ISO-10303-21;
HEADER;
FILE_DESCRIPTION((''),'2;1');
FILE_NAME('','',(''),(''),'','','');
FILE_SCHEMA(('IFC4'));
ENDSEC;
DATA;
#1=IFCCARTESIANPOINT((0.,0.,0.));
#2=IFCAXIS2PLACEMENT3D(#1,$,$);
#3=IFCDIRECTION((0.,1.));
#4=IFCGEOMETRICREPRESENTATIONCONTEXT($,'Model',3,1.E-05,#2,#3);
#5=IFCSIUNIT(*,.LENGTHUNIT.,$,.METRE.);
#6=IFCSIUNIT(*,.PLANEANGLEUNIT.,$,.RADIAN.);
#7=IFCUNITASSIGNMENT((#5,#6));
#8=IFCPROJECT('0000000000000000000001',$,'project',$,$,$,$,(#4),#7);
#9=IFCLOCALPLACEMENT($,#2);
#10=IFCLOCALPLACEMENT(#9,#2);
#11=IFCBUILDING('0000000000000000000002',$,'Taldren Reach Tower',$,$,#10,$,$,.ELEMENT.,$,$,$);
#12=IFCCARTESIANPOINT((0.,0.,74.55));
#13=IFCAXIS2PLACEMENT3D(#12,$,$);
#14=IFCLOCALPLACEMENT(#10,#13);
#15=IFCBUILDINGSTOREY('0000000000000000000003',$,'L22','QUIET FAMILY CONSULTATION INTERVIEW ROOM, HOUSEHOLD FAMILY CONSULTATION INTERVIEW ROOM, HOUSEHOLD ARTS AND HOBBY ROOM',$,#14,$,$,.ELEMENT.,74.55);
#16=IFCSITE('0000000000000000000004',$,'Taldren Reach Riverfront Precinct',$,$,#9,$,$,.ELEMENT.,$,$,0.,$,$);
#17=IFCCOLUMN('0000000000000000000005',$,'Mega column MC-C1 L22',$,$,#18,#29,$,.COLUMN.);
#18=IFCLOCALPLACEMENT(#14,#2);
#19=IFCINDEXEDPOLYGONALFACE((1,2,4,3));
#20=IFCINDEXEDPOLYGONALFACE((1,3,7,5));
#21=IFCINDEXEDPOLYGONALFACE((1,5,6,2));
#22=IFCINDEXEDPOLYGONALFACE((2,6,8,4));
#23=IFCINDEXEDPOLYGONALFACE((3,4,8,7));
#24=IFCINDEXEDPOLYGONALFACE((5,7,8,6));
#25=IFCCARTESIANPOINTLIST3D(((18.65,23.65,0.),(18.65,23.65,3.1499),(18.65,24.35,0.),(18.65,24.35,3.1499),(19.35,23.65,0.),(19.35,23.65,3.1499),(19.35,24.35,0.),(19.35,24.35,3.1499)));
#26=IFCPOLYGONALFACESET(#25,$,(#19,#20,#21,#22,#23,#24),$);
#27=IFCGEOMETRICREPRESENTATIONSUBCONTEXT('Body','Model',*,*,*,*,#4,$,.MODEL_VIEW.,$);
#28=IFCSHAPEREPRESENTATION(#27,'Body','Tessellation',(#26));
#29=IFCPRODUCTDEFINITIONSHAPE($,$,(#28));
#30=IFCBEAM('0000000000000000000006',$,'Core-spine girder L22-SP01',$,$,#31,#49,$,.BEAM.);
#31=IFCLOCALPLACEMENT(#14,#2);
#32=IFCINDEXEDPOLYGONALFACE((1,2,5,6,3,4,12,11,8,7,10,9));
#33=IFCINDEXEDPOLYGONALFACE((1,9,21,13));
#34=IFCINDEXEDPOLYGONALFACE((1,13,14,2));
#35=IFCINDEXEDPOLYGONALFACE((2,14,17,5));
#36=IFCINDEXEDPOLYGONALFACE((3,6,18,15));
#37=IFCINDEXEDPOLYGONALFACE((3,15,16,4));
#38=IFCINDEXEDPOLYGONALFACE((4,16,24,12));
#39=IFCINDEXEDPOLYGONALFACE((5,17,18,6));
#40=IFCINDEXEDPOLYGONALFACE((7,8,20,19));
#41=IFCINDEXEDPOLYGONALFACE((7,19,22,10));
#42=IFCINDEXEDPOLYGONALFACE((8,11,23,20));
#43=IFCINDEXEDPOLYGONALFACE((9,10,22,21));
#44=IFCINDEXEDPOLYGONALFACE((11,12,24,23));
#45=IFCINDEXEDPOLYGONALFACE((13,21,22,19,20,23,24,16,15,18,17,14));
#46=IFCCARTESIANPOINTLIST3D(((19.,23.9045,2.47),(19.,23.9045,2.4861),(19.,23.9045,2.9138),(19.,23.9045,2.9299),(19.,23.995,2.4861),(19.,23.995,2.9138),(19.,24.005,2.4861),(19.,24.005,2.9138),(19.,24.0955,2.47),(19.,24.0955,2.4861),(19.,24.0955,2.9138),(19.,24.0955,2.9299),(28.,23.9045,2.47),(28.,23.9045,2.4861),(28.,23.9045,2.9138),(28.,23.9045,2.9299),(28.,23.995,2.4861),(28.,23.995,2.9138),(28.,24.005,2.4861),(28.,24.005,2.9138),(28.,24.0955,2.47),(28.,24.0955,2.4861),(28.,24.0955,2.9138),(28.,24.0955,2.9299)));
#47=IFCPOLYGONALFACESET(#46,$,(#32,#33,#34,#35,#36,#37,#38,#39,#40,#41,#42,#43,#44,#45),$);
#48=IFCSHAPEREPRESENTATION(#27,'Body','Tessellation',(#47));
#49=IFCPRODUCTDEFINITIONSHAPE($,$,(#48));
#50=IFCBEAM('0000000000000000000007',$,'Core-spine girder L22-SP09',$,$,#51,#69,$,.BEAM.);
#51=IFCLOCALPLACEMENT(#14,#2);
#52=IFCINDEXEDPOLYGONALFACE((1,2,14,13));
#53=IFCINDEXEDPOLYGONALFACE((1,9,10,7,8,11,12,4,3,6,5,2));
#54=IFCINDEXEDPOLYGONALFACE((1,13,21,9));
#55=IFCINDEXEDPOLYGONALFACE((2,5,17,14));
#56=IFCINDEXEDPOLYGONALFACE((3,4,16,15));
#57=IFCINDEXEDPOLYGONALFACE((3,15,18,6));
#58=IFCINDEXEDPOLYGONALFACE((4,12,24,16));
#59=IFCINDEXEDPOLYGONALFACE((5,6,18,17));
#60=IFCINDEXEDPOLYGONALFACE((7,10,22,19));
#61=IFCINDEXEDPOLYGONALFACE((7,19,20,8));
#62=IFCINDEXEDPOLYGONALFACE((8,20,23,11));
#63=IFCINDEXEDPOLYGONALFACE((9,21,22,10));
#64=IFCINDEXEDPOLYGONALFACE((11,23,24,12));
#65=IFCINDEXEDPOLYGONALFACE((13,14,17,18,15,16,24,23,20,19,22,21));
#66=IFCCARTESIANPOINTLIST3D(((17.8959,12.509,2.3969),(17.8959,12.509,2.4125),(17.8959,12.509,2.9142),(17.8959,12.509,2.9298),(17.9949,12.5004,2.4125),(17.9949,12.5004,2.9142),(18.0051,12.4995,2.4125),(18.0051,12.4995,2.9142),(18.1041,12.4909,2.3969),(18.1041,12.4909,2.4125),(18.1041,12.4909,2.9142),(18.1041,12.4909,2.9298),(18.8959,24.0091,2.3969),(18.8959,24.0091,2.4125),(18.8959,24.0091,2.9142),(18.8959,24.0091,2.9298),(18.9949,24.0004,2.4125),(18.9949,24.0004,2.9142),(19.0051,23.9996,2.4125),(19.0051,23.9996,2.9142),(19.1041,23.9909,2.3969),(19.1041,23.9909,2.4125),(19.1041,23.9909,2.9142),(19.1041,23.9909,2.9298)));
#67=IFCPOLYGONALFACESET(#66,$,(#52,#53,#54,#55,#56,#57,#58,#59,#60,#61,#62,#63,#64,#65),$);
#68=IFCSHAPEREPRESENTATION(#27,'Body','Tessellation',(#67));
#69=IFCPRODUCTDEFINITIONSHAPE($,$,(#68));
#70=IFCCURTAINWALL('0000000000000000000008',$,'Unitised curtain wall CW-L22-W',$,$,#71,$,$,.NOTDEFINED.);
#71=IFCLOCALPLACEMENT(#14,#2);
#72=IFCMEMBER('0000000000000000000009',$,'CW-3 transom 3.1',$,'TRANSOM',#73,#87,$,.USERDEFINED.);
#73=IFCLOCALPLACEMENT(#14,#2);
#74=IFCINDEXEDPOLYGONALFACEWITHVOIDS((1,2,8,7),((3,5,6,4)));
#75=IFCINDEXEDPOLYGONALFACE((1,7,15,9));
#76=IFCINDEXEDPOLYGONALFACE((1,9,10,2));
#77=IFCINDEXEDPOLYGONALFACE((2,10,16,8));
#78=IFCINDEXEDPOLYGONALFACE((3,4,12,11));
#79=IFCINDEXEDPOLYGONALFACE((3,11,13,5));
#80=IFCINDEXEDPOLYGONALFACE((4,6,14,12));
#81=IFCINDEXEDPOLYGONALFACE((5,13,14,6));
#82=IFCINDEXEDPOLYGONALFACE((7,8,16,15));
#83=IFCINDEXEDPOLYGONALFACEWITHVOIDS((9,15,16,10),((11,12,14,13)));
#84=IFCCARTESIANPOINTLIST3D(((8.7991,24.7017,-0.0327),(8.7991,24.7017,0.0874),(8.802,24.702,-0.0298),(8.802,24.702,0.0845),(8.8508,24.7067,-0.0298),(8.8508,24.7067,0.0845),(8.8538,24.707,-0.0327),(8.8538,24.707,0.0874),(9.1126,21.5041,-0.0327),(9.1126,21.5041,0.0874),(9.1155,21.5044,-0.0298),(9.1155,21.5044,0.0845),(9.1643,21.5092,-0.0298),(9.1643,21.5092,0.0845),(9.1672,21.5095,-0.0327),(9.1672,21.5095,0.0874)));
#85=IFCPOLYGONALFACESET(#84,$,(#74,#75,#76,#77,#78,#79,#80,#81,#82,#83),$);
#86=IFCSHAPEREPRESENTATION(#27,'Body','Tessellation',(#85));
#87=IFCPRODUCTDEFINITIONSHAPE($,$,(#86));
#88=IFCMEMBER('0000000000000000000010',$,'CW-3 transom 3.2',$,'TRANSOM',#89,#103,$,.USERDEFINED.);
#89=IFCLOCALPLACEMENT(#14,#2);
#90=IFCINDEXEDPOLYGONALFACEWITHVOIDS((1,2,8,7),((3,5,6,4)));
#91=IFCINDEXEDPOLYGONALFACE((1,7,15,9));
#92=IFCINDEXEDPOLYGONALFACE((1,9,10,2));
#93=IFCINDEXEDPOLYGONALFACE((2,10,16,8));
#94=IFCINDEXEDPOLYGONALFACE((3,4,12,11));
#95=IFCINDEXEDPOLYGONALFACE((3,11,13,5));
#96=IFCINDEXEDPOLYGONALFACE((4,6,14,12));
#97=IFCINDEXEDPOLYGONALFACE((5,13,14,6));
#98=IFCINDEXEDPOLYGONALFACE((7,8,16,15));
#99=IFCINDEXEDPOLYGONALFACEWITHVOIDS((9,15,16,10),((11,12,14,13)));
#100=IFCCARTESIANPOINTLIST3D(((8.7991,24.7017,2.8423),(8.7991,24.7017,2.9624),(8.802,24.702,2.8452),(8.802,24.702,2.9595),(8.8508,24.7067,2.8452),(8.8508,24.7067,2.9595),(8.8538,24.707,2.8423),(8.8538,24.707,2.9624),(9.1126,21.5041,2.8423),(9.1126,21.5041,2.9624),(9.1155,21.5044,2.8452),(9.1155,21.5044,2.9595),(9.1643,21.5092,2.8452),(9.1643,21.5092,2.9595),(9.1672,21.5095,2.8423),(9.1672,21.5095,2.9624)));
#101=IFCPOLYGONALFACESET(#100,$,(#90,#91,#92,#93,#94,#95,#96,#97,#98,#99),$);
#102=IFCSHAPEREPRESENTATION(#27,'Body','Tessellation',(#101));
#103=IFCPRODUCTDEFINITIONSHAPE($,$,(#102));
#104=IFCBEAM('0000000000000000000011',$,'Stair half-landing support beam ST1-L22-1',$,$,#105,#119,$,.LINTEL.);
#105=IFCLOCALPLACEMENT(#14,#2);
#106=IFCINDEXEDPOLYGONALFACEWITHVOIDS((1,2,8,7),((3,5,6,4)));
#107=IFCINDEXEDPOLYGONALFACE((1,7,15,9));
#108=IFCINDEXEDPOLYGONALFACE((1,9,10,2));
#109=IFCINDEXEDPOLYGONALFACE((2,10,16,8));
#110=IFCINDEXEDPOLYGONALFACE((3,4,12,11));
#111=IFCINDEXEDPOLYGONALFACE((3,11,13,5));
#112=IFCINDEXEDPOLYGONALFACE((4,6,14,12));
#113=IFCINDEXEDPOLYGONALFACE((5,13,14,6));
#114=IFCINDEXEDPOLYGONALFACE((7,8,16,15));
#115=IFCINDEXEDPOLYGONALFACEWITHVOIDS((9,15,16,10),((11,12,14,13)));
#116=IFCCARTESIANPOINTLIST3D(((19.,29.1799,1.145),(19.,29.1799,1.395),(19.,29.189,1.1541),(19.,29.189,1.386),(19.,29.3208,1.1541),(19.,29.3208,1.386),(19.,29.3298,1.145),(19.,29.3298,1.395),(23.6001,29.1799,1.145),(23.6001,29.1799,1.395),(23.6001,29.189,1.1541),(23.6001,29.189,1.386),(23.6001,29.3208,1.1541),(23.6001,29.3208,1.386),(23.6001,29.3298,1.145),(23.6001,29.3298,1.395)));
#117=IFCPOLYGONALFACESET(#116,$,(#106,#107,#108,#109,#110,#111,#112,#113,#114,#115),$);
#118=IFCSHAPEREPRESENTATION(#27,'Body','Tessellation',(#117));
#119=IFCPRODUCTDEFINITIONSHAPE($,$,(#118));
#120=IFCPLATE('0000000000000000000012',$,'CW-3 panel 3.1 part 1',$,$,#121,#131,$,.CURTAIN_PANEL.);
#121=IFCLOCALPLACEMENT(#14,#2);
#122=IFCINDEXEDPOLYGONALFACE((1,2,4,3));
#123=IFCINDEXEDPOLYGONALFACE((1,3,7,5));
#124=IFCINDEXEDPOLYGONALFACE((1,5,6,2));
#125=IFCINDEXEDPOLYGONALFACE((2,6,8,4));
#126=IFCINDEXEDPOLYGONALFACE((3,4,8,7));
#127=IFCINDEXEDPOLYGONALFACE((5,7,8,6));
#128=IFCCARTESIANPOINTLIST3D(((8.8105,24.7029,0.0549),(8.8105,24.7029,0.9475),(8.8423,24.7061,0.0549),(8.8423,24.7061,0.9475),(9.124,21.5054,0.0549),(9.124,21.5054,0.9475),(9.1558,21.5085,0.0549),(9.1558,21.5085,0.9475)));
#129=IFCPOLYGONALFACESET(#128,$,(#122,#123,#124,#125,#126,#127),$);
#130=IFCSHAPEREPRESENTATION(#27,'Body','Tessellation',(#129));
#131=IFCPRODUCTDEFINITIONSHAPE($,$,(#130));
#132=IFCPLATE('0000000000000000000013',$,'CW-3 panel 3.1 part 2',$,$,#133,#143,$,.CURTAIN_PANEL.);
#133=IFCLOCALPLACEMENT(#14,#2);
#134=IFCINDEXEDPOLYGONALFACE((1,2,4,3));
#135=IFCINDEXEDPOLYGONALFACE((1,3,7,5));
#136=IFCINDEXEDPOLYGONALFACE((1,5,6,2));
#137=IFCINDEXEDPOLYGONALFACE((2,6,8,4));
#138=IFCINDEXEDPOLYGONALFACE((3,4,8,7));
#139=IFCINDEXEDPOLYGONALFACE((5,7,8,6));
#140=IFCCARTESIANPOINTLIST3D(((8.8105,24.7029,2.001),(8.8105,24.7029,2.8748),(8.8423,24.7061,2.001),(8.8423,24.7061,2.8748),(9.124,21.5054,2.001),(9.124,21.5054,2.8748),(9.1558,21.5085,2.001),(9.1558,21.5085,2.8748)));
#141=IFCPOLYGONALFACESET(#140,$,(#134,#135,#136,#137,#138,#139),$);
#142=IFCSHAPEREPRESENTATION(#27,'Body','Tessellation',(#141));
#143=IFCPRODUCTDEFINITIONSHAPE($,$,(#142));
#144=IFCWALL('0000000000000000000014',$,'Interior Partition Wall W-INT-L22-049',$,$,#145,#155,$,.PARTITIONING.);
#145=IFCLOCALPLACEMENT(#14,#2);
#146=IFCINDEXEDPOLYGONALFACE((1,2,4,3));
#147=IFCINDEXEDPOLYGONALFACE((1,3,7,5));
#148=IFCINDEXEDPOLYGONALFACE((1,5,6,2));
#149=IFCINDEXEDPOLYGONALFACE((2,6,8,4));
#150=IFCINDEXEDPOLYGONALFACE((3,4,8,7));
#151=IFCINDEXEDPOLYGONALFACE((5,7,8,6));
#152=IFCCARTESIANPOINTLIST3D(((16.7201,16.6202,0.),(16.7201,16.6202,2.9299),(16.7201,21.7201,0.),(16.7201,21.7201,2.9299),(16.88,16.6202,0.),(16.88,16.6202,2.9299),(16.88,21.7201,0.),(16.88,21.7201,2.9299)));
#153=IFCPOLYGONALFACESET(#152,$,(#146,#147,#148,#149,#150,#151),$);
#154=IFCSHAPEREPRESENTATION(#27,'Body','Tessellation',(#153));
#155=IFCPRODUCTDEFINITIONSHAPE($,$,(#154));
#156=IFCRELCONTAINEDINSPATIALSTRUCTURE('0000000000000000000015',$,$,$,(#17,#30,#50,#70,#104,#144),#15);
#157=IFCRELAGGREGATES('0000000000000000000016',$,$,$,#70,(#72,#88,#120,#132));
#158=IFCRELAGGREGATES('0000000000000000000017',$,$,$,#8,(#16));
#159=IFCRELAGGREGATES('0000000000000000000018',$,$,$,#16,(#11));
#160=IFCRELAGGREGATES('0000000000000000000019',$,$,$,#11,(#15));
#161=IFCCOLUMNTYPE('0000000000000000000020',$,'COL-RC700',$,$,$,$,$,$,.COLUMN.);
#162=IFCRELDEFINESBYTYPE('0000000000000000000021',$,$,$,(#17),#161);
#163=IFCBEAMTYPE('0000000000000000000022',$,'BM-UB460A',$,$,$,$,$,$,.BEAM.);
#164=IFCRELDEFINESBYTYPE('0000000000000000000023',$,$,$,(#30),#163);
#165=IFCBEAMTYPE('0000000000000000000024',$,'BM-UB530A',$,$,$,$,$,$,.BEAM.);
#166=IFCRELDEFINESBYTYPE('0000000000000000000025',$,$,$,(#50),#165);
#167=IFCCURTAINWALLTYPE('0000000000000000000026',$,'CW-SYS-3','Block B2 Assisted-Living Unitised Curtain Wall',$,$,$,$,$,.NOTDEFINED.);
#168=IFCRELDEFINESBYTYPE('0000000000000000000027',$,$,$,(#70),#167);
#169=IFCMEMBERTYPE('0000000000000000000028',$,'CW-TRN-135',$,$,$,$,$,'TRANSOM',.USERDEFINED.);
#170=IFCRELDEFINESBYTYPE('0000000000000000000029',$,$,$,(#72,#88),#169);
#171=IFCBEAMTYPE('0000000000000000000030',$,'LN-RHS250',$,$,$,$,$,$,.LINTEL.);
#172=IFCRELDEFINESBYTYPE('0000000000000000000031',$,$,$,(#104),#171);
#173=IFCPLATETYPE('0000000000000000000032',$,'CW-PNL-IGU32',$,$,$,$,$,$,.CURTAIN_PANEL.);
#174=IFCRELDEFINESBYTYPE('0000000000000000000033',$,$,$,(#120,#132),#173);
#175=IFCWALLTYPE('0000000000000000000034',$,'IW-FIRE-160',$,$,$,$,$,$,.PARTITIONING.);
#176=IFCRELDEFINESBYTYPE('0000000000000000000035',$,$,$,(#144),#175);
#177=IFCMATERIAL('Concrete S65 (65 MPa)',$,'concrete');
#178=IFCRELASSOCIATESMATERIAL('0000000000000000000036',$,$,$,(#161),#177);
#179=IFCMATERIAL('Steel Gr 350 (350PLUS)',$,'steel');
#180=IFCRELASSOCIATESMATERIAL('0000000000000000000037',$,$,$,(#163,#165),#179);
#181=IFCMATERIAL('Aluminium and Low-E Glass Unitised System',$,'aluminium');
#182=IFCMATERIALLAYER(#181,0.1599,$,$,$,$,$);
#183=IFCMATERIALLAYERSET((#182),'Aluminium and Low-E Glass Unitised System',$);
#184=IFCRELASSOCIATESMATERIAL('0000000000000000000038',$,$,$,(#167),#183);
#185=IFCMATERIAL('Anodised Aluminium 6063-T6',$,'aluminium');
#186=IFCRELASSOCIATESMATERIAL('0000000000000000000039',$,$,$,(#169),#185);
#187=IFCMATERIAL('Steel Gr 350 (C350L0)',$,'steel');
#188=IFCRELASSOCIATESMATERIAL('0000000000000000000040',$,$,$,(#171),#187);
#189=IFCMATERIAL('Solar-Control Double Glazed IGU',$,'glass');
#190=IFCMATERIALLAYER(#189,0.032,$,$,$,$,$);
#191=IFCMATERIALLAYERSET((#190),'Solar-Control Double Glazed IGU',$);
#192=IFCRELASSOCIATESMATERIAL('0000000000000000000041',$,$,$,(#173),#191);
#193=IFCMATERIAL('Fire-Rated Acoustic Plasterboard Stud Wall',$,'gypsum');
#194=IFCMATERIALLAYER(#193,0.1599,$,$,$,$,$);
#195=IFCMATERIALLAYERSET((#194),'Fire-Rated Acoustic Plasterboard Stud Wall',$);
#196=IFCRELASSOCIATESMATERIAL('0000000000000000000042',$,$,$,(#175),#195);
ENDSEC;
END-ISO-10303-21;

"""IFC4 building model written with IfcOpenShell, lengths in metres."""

from ifc_helpers import new_model, si_unit, direction, frame, frame_2d, origin, origin_2d, place, context, subcontext, project, spatial, rectangle, hollow_rectangle, i_section, extrude, source, transform, mapped, material, layer, layer_set, material_profile, profile_set, type_object, element, aggregate, save


model = new_model("IFC4")

# Units and contexts
model_context = context("Model", 3, precision=1e-05, world=origin(), true_north=direction((0.0, 1.0)))
body_context = subcontext(model_context, "Body", "Model", "MODEL_VIEW")
ifc_project = project(units=[si_unit("LENGTHUNIT", "METRE"), si_unit("PLANEANGLEUNIT", "RADIAN")], contexts=[model_context])

# Site, building, storey
site_placement = place(None, origin())
site = spatial("IfcSite", under=ifc_project, at=site_placement, Name="Taldren Reach Riverfront Precinct", CompositionType="ELEMENT", RefElevation=0.0)
building_placement = place(site_placement, origin())
building = spatial("IfcBuilding", under=site, at=building_placement, Name="Taldren Reach Tower", CompositionType="ELEMENT")
storey_placement = place(building_placement, frame((0.0, 0.0, 74.55)))
storey = spatial("IfcBuildingStorey", under=building, at=storey_placement, Name="L22", Description="QUIET FAMILY CONSULTATION INTERVIEW ROOM, HOUSEHOLD FAMILY CONSULTATION INTERVIEW ROOM, HOUSEHOLD ARTS AND HOBBY ROOM", CompositionType="ELEMENT", Elevation=74.55)

# Column
ifc_material_1 = material(Name="Concrete S65 (65 MPa)", Category="concrete")
ifc_material_profile_1 = material_profile(ifc_material_1, rectangle(XDim=0.7, YDim=0.7, at=origin_2d()), Name="RC-700x700")
ifc_profile_set_1 = profile_set([ifc_material_profile_1], Name="Concrete S65 (65 MPa)")
column_type = type_object("IfcColumnType", Name="COL-RC700", PredefinedType="COLUMN", material=ifc_profile_set_1)
shared_shape_1 = source(origin(), body_context, "Body", "SweptSolid", [
    extrude(rectangle(XDim=0.7, YDim=0.7, at=origin_2d()), origin(), (0.0, 0.0, 1.0), 3.1499),
])
column_placement = place(storey_placement, frame((19.0, 24.0, 0.0), z_axis=(0.0, 0.0, 1.0), x_axis=(1.0, 0.0, 0.0)))
element("IfcColumn", 1, at=column_placement, inside=storey, type_object=column_type, Name="Mega column MC-C1 L22", PredefinedType="COLUMN", context=body_context, shape_type="MappedRepresentation", body=[
    mapped(shared_shape_1, transform((0.0, 0.0, 0.0), scale=1.0)),
])

# Beams
ifc_material_2 = material(Name="Steel Gr 350 (350PLUS)", Category="steel")
ifc_material_profile_2 = material_profile(ifc_material_2, i_section(OverallWidth=0.1909, OverallDepth=0.46, WebThickness=0.01, FlangeThickness=0.0161, at=origin_2d()), Name="460UB82.1")
ifc_profile_set_2 = profile_set([ifc_material_profile_2], Name="Steel Gr 350 (350PLUS)")
beam_type_1 = type_object("IfcBeamType", Name="BM-UB460A", PredefinedType="BEAM", material=ifc_profile_set_2)
shared_shape_2 = source(origin(), body_context, "Body", "SweptSolid", [
    extrude(i_section(OverallWidth=0.1909, OverallDepth=0.46, WebThickness=0.01, FlangeThickness=0.0161, at=origin_2d()), origin(), (0.0, 0.0, 1.0), 9.0),
])
beam_1_placement = place(storey_placement, frame((19.0, 24.0, 2.7), z_axis=(1.0, 0.0, 0.0), x_axis=(0.0, 1.0, 0.0)))
element("IfcBeam", 2, at=beam_1_placement, inside=storey, type_object=beam_type_1, Name="Core-spine girder L22-SP01", PredefinedType="BEAM", context=body_context, shape_type="MappedRepresentation", body=[
    mapped(shared_shape_2, transform((0.0, 0.0, 0.0), scale=1.0)),
])
ifc_material_profile_3 = material_profile(ifc_material_2, i_section(OverallWidth=0.209, OverallDepth=0.533, WebThickness=0.0103, FlangeThickness=0.0156, at=origin_2d()), Name="530UB92.4")
ifc_profile_set_3 = profile_set([ifc_material_profile_3], Name="Steel Gr 350 (350PLUS)")
beam_type_2 = type_object("IfcBeamType", Name="BM-UB530A", PredefinedType="BEAM", material=ifc_profile_set_3)
shared_shape_3 = source(origin(), body_context, "Body", "SweptSolid", [
    extrude(i_section(OverallWidth=0.209, OverallDepth=0.533, WebThickness=0.0103, FlangeThickness=0.0156, at=origin_2d()), origin(), (0.0, 0.0, 1.0), 11.5435),
])
beam_2_placement = place(storey_placement, frame((19.0, 24.0, 2.6633), z_axis=(-0.08663, -0.996241, 0.0), x_axis=(0.996241, -0.08663, 0.0)))
element("IfcBeam", 3, at=beam_2_placement, inside=storey, type_object=beam_type_2, Name="Core-spine girder L22-SP09", PredefinedType="BEAM", context=body_context, shape_type="MappedRepresentation", body=[
    mapped(shared_shape_3, transform((0.0, 0.0, 0.0), scale=1.0)),
])

# Curtain wall, members
ifc_material_3 = material(Name="Aluminium and Low-E Glass Unitised System", Category="aluminium")
ifc_layer_1 = layer(ifc_material_3, 0.1599)
ifc_layer_set_1 = layer_set([ifc_layer_1], Name="Aluminium and Low-E Glass Unitised System")
curtain_wall_type = type_object("IfcCurtainWallType", Name="CW-SYS-3", Description="Block B2 Assisted-Living Unitised Curtain Wall", PredefinedType="NOTDEFINED", material=ifc_layer_set_1)
curtain_wall_placement = place(storey_placement, origin())
curtain_wall = element("IfcCurtainWall", 4, at=curtain_wall_placement, inside=storey, type_object=curtain_wall_type, Name="Unitised curtain wall CW-L22-W", PredefinedType="NOTDEFINED")
ifc_material_4 = material(Name="Anodised Aluminium 6063-T6", Category="aluminium")
ifc_material_profile_4 = material_profile(ifc_material_4, hollow_rectangle(XDim=0.0549, YDim=0.1201, WallThickness=0.0029, at=origin_2d()), Name="ALU-120x55x3RHS")
ifc_profile_set_4 = profile_set([ifc_material_profile_4], Name="Anodised Aluminium 6063-T6")
member_type = type_object("IfcMemberType", Name="CW-TRN-135", ElementType="TRANSOM", PredefinedType="USERDEFINED", material=ifc_profile_set_4)
shared_shape_4 = source(origin(), body_context, "Body", "SweptSolid", [
    extrude(hollow_rectangle(XDim=0.0549, YDim=0.1201, WallThickness=0.0029, at=origin_2d()), origin(), (0.0, 0.0, 1.0), 3.2129),
])
member_1_placement = place(storey_placement, frame((8.8264, 24.7043, 0.0273), z_axis=(0.09757, -0.995229, 0.0), x_axis=(0.995229, 0.09757, 0.0)))
member_1 = element("IfcMember", 5, at=member_1_placement, type_object=member_type, Name="CW-3 transom 3.1", ObjectType="TRANSOM", PredefinedType="USERDEFINED", context=body_context, shape_type="MappedRepresentation", body=[
    mapped(shared_shape_4, transform((0.0, 0.0, 0.0), scale=1.0)),
])
member_2_placement = place(storey_placement, frame((8.8264, 24.7043, 2.9023), z_axis=(0.09757, -0.995229, 0.0), x_axis=(0.995229, 0.09757, 0.0)))
member_2 = element("IfcMember", 6, at=member_2_placement, type_object=member_type, Name="CW-3 transom 3.2", ObjectType="TRANSOM", PredefinedType="USERDEFINED", context=body_context, shape_type="MappedRepresentation", body=[
    mapped(shared_shape_4, transform((0.0, 0.0, 0.0), scale=1.0)),
])

# Beam
ifc_material_5 = material(Name="Steel Gr 350 (C350L0)", Category="steel")
ifc_material_profile_5 = material_profile(ifc_material_5, hollow_rectangle(XDim=0.1499, YDim=0.25, WallThickness=0.009, at=origin_2d()), Name="250x150x9.0RHS")
ifc_profile_set_5 = profile_set([ifc_material_profile_5], Name="Steel Gr 350 (C350L0)")
beam_type_3 = type_object("IfcBeamType", Name="LN-RHS250", PredefinedType="LINTEL", material=ifc_profile_set_5)
shared_shape_5 = source(origin(), body_context, "Body", "SweptSolid", [
    extrude(hollow_rectangle(XDim=0.1499, YDim=0.25, WallThickness=0.009, at=origin_2d()), origin(), (0.0, 0.0, 1.0), 4.6001),
])
beam_3_placement = place(storey_placement, frame((19.0, 29.2549, 1.27), z_axis=(1.0, 0.0, 0.0), x_axis=(0.0, 1.0, 0.0)))
element("IfcBeam", 7, at=beam_3_placement, inside=storey, type_object=beam_type_3, Name="Stair half-landing support beam ST1-L22-1", PredefinedType="LINTEL", context=body_context, shape_type="MappedRepresentation", body=[
    mapped(shared_shape_5, transform((0.0, 0.0, 0.0), scale=1.0)),
])

# Plates
ifc_material_6 = material(Name="Solar-Control Double Glazed IGU", Category="glass")
ifc_layer_2 = layer(ifc_material_6, 0.032)
ifc_layer_set_2 = layer_set([ifc_layer_2], Name="Solar-Control Double Glazed IGU")
plate_type = type_object("IfcPlateType", Name="CW-PNL-IGU32", PredefinedType="CURTAIN_PANEL", material=ifc_layer_set_2)
shared_shape_6 = source(origin(), body_context, "Body", "SweptSolid", [
    extrude(rectangle(XDim=3.2129, YDim=0.032, at=origin_2d()), origin(), (0.0, 0.0, 1.0), 0.8926),
])
plate_1_placement = place(storey_placement, frame((8.9832, 23.1057, 0.0549), z_axis=(0.0, 0.0, 1.0), x_axis=(0.097583, -0.995227, 0.0)))
plate_1 = element("IfcPlate", 8, at=plate_1_placement, type_object=plate_type, Name="CW-3 panel 3.1 part 1", PredefinedType="CURTAIN_PANEL", context=body_context, shape_type="MappedRepresentation", body=[
    mapped(shared_shape_6, transform((0.0, 0.0, 0.0), scale=1.0)),
])
shared_shape_7 = source(origin(), body_context, "Body", "SweptSolid", [
    extrude(rectangle(XDim=3.2129, YDim=0.032, at=origin_2d()), origin(), (0.0, 0.0, 1.0), 0.8738),
])
plate_2_placement = place(storey_placement, frame((8.9832, 23.1057, 2.001), z_axis=(0.0, 0.0, 1.0), x_axis=(0.097583, -0.995227, 0.0)))
plate_2 = element("IfcPlate", 9, at=plate_2_placement, type_object=plate_type, Name="CW-3 panel 3.1 part 2", PredefinedType="CURTAIN_PANEL", context=body_context, shape_type="MappedRepresentation", body=[
    mapped(shared_shape_7, transform((0.0, 0.0, 0.0), scale=1.0)),
])
aggregate(curtain_wall, [member_1, member_2, plate_1, plate_2])

# Wall
ifc_material_7 = material(Name="Fire-Rated Acoustic Plasterboard Stud Wall", Category="gypsum")
ifc_layer_3 = layer(ifc_material_7, 0.1599)
ifc_layer_set_3 = layer_set([ifc_layer_3], Name="Fire-Rated Acoustic Plasterboard Stud Wall")
wall_type_1 = type_object("IfcWallType", Name="IW-FIRE-160", PredefinedType="PARTITIONING", material=ifc_layer_set_3)
shared_shape_8 = source(origin(), body_context, "Body", "SweptSolid", [
    extrude(rectangle(XDim=5.0999, YDim=0.1599, at=frame_2d((2.5498, 0.0))), origin(), (0.0, 0.0, 1.0), 2.9299),
])
wall_1_placement = place(storey_placement, frame((16.8, 21.72, 0.0), z_axis=(0.0, 0.0, 1.0), x_axis=(0.0, -1.0, 0.0)))
element("IfcWall", 10, at=wall_1_placement, inside=storey, type_object=wall_type_1, Name="Interior Partition Wall W-INT-L22-049", PredefinedType="PARTITIONING", context=body_context, shape_type="MappedRepresentation", body=[
    mapped(shared_shape_8, transform((0.0, 0.0, 0.0), scale=1.0)),
])

save(model, "model.ifc")
